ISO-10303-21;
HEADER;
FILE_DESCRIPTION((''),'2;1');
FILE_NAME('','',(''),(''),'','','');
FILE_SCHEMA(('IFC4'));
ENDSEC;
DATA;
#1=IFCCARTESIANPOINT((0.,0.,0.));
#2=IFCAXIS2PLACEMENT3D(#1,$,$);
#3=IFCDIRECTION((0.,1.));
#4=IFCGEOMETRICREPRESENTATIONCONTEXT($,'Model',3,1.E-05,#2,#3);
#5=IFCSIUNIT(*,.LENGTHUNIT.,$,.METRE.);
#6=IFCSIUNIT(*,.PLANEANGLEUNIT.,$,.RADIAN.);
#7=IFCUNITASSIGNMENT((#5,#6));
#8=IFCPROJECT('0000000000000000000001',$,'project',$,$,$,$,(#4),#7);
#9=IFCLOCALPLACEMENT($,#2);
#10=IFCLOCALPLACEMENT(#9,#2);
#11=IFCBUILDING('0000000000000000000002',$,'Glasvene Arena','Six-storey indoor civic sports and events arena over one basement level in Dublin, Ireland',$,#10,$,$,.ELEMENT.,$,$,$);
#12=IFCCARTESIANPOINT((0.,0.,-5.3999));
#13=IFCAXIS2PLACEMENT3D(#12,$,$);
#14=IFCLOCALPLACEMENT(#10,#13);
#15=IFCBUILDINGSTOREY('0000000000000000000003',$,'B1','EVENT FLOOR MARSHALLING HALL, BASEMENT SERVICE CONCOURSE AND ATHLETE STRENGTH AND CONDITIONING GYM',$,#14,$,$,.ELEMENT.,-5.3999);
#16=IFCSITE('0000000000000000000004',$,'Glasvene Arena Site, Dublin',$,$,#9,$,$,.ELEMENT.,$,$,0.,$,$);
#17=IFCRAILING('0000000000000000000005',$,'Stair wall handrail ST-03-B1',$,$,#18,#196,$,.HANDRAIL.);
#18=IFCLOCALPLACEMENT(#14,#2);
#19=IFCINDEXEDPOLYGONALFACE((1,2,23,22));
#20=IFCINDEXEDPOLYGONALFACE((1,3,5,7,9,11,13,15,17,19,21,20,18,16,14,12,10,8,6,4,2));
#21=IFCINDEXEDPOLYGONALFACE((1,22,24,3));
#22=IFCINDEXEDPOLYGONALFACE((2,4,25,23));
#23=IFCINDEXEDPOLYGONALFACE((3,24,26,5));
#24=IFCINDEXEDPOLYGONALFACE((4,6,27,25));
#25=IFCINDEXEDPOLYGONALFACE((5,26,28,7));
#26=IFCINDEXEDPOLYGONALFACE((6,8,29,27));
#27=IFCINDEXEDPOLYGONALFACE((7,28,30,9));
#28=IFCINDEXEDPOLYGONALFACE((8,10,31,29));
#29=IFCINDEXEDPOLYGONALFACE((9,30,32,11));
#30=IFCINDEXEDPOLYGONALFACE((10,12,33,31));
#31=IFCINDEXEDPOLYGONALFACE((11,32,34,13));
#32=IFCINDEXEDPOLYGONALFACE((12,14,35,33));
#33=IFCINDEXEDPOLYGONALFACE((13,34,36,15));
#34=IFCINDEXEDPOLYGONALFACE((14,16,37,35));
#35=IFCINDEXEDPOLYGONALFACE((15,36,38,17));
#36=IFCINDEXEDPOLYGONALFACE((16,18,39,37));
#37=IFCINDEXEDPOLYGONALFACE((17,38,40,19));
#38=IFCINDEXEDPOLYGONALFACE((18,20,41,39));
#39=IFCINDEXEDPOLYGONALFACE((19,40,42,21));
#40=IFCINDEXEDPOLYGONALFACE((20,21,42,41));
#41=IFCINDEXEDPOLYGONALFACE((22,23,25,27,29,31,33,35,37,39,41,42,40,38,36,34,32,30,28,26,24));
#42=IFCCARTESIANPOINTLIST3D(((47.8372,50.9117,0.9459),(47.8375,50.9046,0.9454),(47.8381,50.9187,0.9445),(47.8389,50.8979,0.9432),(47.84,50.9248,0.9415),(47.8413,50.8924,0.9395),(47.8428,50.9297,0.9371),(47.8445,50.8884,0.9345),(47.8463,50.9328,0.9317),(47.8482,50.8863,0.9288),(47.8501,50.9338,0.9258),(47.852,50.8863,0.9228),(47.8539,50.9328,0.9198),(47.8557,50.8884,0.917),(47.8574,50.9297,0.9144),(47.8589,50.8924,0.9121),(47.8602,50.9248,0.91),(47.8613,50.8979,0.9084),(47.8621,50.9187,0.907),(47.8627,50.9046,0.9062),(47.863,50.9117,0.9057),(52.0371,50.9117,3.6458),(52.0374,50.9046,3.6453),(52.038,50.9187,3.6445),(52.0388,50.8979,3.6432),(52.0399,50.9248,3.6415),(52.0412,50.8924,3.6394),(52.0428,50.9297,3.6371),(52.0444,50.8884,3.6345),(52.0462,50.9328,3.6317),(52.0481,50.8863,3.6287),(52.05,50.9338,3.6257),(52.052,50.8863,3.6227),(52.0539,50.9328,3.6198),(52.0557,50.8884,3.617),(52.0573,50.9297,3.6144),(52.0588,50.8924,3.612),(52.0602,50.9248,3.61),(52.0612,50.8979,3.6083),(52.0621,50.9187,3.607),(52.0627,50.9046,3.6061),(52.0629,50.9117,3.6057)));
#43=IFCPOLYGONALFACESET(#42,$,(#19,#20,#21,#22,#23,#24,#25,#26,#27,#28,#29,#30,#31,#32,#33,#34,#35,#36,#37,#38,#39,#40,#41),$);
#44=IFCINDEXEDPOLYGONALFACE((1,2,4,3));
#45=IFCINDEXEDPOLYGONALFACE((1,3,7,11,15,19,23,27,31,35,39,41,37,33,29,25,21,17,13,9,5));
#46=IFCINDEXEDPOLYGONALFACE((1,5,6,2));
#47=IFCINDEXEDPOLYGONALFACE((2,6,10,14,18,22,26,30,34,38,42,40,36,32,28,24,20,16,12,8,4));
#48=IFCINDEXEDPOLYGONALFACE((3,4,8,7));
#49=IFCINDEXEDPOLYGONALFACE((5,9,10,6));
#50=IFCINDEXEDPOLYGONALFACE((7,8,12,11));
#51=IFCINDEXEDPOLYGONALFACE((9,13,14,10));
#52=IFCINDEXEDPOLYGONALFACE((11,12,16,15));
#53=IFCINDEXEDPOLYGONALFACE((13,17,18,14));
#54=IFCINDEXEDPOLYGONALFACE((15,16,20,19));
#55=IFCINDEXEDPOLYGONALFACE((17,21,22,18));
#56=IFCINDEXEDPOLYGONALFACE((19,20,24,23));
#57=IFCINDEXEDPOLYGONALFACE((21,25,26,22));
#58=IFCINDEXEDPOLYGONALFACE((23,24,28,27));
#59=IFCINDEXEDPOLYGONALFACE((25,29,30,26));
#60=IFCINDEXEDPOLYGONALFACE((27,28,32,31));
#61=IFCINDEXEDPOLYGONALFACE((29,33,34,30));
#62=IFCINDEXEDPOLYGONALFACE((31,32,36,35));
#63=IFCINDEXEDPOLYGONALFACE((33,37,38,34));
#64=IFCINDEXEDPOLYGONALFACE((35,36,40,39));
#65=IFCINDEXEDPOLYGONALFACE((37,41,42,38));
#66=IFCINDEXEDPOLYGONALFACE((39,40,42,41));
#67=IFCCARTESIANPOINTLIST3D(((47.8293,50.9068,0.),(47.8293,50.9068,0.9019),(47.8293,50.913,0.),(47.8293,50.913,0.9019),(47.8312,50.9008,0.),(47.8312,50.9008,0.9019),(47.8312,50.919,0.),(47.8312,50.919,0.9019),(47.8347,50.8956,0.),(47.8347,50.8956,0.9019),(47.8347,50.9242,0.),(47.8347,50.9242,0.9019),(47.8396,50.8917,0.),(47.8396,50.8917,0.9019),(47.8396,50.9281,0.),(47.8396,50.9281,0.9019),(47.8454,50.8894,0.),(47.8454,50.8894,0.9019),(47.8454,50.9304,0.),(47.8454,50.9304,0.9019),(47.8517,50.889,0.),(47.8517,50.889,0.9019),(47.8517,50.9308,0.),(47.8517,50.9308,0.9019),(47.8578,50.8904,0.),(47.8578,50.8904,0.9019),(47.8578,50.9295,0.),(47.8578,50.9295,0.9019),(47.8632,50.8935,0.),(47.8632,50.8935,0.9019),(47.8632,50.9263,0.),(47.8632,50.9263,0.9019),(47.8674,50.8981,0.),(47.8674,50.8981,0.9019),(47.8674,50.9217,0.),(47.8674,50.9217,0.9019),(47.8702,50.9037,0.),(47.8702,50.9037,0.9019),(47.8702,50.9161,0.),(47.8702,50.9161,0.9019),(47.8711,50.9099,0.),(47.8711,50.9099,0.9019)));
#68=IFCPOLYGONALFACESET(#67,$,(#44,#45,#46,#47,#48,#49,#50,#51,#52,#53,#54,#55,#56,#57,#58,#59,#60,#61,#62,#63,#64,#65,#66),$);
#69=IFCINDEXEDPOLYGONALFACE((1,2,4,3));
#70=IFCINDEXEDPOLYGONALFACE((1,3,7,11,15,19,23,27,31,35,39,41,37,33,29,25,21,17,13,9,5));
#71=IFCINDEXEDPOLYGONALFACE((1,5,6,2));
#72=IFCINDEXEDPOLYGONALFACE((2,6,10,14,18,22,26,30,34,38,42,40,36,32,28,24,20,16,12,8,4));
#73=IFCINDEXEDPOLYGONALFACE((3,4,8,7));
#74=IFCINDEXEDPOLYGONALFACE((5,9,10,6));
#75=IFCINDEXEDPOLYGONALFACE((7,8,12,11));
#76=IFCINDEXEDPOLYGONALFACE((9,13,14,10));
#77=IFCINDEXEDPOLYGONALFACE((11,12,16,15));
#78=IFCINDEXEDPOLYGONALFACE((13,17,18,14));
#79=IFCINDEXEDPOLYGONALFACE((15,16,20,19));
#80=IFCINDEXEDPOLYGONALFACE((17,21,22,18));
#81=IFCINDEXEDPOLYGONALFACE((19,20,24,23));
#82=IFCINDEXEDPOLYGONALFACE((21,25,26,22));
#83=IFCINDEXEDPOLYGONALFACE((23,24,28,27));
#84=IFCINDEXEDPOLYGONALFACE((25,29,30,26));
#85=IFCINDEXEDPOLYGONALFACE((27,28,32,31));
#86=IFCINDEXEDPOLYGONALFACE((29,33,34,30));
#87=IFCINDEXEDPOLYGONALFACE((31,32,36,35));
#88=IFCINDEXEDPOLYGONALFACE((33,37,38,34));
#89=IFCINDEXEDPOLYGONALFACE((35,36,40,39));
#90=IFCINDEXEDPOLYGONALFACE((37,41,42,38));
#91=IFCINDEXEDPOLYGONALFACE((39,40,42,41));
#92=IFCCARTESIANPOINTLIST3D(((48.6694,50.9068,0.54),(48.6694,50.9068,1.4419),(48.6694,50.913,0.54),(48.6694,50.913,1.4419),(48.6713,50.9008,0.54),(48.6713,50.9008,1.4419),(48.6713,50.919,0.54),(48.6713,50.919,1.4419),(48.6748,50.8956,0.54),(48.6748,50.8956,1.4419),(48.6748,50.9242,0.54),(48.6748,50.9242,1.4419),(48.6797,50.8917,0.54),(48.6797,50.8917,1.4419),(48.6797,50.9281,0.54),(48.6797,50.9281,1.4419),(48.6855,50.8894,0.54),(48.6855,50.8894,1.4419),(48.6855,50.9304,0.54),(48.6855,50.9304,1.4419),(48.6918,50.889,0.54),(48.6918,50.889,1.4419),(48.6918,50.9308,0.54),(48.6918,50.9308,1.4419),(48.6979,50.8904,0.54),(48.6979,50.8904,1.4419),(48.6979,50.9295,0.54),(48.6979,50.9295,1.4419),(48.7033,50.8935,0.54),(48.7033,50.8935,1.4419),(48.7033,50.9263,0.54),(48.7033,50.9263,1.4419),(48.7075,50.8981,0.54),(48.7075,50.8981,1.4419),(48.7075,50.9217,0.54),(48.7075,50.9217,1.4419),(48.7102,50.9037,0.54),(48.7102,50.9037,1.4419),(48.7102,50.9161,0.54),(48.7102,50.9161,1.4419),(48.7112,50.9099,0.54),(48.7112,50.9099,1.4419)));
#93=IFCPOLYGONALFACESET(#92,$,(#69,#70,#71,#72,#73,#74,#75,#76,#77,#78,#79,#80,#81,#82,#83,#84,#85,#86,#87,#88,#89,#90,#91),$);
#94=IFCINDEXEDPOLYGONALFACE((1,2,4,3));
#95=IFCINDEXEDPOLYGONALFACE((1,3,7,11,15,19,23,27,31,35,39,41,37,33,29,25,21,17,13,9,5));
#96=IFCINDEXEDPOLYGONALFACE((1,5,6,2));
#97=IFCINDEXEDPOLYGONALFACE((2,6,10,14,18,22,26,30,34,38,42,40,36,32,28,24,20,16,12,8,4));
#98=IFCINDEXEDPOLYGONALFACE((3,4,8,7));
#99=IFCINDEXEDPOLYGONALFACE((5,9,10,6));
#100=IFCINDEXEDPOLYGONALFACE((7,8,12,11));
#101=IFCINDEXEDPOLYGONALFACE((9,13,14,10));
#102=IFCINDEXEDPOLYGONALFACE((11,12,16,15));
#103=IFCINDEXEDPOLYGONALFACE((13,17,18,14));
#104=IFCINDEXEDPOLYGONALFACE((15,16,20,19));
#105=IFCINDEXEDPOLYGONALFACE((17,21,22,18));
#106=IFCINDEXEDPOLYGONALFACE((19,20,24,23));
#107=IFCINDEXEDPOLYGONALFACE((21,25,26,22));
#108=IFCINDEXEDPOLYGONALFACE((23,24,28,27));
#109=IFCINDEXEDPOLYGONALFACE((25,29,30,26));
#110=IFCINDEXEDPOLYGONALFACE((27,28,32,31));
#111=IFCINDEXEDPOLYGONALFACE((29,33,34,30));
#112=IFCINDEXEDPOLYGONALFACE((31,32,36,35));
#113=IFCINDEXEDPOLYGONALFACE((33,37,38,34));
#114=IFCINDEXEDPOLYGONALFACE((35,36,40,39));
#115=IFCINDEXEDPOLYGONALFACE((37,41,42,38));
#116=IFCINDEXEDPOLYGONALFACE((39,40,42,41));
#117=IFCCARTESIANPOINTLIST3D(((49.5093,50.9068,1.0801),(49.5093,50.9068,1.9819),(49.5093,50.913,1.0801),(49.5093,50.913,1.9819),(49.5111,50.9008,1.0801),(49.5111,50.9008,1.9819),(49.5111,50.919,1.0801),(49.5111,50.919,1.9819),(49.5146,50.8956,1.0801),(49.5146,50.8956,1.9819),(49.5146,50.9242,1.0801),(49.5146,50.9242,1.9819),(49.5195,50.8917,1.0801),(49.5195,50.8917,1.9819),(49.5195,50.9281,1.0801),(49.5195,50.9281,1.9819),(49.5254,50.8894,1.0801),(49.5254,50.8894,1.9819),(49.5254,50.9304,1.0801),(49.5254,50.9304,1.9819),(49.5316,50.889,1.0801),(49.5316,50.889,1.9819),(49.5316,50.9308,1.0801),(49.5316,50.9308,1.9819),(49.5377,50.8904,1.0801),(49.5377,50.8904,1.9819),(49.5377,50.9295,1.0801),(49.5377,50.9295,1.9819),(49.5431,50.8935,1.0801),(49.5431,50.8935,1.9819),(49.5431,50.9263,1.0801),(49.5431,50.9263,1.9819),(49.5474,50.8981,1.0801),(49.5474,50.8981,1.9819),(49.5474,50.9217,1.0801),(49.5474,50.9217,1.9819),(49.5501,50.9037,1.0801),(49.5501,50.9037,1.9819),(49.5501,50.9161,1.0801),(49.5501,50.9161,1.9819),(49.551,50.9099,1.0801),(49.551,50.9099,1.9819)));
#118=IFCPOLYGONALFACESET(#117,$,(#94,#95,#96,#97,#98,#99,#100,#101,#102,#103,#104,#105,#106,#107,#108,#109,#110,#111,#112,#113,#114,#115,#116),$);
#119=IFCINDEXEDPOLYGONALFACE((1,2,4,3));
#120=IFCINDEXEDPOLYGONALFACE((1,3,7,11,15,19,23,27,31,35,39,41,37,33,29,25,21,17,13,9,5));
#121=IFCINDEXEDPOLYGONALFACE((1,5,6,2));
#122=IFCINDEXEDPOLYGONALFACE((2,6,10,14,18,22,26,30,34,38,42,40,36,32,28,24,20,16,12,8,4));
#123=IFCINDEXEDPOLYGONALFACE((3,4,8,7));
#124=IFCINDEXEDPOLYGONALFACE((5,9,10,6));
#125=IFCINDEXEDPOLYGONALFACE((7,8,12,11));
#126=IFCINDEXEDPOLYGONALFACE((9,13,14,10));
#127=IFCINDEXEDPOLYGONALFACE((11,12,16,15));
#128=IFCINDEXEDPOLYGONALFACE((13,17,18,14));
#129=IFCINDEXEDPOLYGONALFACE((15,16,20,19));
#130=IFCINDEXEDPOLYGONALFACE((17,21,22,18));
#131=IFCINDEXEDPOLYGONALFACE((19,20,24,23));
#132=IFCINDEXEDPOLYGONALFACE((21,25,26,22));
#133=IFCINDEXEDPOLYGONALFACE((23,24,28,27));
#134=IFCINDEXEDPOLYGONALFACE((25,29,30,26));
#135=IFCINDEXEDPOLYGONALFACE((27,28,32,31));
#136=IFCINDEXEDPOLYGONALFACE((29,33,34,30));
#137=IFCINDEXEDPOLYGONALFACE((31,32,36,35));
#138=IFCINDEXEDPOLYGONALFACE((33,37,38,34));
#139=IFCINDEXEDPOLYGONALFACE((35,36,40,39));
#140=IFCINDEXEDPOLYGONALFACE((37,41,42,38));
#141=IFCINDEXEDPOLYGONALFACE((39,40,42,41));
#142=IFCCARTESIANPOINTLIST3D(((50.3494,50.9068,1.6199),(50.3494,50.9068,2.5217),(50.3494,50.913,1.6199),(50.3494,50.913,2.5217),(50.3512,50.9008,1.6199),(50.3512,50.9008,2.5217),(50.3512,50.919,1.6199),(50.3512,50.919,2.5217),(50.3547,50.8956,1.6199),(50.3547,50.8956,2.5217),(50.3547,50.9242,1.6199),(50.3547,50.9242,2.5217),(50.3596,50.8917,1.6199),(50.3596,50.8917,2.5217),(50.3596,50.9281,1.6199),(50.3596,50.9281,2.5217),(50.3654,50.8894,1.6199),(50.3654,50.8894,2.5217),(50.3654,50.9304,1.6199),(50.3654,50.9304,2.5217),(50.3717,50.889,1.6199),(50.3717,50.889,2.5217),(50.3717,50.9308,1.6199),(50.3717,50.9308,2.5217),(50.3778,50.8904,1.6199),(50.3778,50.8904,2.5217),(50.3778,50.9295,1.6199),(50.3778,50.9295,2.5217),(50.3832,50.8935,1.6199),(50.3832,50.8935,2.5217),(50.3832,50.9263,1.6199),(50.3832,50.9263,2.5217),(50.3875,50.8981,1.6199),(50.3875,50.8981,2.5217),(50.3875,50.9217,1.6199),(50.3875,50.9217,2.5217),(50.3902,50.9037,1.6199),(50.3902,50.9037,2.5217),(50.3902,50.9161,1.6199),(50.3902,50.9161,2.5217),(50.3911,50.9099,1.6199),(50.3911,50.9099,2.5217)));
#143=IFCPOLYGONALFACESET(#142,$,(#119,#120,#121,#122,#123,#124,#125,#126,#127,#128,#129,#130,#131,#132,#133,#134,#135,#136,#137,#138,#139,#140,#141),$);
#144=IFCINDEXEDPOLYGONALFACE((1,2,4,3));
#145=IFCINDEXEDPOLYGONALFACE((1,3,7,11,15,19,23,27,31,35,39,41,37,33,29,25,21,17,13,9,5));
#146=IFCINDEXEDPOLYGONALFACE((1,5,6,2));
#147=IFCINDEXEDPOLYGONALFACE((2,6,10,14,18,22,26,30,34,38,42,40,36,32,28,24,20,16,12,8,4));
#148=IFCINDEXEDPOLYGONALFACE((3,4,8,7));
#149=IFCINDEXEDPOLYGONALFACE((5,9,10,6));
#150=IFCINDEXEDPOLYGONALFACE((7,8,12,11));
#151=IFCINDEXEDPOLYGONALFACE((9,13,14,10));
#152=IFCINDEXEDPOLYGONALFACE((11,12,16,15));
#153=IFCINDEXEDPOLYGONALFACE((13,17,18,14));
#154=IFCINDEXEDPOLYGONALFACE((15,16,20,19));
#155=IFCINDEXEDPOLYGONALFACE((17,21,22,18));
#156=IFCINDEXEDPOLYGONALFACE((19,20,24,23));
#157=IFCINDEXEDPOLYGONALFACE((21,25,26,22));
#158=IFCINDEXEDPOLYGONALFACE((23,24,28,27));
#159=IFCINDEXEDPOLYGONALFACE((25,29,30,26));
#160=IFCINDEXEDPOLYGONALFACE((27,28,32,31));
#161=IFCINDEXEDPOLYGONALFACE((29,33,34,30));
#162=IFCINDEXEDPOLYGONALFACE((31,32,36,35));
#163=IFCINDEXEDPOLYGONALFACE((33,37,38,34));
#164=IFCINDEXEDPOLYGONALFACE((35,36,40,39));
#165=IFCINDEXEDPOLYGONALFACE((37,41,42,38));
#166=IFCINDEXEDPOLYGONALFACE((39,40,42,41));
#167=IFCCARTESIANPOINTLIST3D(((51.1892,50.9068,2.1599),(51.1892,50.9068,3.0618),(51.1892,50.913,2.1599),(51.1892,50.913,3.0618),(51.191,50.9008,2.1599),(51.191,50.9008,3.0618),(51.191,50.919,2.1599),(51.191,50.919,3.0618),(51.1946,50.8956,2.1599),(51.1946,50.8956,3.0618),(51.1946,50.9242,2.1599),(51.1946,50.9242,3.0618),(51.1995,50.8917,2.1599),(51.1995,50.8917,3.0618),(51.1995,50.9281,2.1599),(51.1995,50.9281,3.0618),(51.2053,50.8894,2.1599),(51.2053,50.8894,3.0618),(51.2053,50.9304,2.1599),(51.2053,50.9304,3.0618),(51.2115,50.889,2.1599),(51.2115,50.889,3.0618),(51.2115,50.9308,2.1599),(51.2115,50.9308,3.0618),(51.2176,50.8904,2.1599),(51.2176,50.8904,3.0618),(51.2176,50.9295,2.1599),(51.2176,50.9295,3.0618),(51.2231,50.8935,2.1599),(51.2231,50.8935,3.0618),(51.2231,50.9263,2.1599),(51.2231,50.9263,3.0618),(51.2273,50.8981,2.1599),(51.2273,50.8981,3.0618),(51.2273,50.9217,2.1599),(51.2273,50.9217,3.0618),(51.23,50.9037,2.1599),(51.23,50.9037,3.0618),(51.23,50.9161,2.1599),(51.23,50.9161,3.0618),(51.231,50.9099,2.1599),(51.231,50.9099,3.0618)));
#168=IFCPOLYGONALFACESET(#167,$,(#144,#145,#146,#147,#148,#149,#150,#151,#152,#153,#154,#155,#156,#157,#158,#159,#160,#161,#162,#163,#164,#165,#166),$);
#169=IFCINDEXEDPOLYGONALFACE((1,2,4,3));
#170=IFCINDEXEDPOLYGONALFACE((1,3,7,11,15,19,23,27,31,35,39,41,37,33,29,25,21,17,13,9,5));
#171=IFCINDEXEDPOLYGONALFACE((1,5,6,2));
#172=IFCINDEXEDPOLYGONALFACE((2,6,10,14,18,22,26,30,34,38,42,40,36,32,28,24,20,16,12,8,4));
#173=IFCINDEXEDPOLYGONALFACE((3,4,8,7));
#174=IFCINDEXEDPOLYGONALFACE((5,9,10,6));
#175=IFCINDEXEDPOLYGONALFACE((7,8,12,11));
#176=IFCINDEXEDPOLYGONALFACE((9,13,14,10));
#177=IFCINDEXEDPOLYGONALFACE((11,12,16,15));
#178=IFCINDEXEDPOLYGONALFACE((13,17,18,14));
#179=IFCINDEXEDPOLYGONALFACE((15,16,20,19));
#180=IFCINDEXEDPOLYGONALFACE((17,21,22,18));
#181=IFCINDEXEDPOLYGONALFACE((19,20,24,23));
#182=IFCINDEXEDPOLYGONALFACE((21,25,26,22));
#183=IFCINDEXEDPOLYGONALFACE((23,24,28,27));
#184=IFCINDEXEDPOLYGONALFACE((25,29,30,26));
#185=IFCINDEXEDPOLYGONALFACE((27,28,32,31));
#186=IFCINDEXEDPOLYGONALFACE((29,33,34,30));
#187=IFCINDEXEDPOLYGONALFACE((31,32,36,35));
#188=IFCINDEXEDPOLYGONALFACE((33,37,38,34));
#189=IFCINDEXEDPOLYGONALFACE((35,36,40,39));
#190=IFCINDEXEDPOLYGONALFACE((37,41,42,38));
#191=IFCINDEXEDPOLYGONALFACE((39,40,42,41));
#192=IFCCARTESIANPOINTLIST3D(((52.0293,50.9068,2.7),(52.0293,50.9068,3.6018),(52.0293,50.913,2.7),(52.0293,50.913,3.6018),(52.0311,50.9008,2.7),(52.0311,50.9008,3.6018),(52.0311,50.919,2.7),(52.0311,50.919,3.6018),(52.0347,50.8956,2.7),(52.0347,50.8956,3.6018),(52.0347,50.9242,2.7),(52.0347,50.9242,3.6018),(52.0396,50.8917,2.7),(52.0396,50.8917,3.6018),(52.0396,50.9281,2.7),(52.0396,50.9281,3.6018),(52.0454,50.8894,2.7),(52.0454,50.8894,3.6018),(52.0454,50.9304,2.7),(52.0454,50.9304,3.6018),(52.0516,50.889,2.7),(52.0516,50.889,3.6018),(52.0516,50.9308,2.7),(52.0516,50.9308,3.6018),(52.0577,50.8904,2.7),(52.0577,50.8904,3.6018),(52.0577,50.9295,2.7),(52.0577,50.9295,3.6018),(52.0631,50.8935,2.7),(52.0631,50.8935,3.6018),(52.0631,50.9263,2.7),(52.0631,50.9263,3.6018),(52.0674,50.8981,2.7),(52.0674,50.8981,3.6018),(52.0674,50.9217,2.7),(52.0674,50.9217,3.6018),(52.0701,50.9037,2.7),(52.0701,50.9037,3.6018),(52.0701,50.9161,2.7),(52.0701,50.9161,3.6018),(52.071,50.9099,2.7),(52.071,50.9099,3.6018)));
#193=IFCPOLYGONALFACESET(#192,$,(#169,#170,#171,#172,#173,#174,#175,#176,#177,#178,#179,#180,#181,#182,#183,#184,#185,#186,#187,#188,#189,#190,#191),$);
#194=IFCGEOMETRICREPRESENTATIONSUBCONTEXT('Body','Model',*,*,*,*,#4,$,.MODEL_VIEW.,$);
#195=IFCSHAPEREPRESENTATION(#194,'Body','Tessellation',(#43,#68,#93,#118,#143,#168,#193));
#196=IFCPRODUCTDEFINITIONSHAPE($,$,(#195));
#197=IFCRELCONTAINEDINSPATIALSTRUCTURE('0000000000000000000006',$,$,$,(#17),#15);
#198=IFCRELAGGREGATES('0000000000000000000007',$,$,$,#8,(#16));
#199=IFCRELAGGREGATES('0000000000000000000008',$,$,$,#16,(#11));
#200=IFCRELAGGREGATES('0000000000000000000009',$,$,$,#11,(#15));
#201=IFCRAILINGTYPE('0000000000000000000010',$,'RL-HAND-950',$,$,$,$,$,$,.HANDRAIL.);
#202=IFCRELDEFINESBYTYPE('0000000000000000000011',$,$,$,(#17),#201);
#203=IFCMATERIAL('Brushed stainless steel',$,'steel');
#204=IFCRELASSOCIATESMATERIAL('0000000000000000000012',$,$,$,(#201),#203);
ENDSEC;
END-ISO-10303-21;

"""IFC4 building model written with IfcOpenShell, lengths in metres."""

from ifc_helpers import new_model, si_unit, direction, frame, origin, origin_2d, place, context, subcontext, project, spatial, circle, extrude, material, type_object, element, save


model = new_model("IFC4")

# Units and contexts
model_context = context("Model", 3, precision=1e-05, world=origin(), true_north=direction((0.0, 1.0)))
body_context = subcontext(model_context, "Body", "Model", "MODEL_VIEW")
ifc_project = project(units=[si_unit("LENGTHUNIT", "METRE"), si_unit("PLANEANGLEUNIT", "RADIAN")], contexts=[model_context])

# Site, building, storey
site_placement = place(None, origin())
site = spatial("IfcSite", under=ifc_project, at=site_placement, Name="Glasvene Arena Site, Dublin", CompositionType="ELEMENT", RefElevation=0.0)
building_placement = place(site_placement, origin())
building = spatial("IfcBuilding", under=site, at=building_placement, Name="Glasvene Arena", Description="Six-storey indoor civic sports and events arena over one basement level in Dublin, Ireland", CompositionType="ELEMENT")
storey_placement = place(building_placement, frame((0.0, 0.0, -5.3999)))
storey = spatial("IfcBuildingStorey", under=building, at=storey_placement, Name="B1", Description="EVENT FLOOR MARSHALLING HALL, BASEMENT SERVICE CONCOURSE AND ATHLETE STRENGTH AND CONDITIONING GYM", CompositionType="ELEMENT", Elevation=-5.3999)

# Railing
ifc_material_1 = material(Name="Brushed stainless steel", Category="steel")
railing_type_1 = type_object("IfcRailingType", Name="RL-HAND-950", PredefinedType="HANDRAIL", material=ifc_material_1)
railing_1_placement = place(storey_placement, frame((47.8501, 50.9099, 0.0)))
element("IfcRailing", 1, at=railing_1_placement, inside=storey, type_object=railing_type_1, Name="Stair wall handrail ST-03-B1", PredefinedType="HANDRAIL", context=body_context, shape_type="SweptSolid", body=[
    extrude(circle(Radius=0.0239, at=origin_2d()), frame((0.0, 0.0, 0.9258), z_axis=(0.84118, 0.0, 0.540755), x_axis=(0.0, 1.0, 0.0)), (0.0, 0.0, 1.0), 4.9929),
    extrude(circle(Radius=0.021, at=origin_2d()), origin(), (0.0, 0.0, 1.0), 0.9019),
    extrude(circle(Radius=0.021, at=origin_2d()), frame((0.8401, 0.0, 0.54)), (0.0, 0.0, 1.0), 0.9019),
    extrude(circle(Radius=0.021, at=origin_2d()), frame((1.6799, 0.0, 1.0801)), (0.0, 0.0, 1.0), 0.9019),
    extrude(circle(Radius=0.021, at=origin_2d()), frame((2.52, 0.0, 1.6199)), (0.0, 0.0, 1.0), 0.9019),
    extrude(circle(Radius=0.021, at=origin_2d()), frame((3.3599, 0.0, 2.1599)), (0.0, 0.0, 1.0), 0.9019),
    extrude(circle(Radius=0.021, at=origin_2d()), frame((4.2, 0.0, 2.7)), (0.0, 0.0, 1.0), 0.9019),
])

save(model, "model.ifc")
